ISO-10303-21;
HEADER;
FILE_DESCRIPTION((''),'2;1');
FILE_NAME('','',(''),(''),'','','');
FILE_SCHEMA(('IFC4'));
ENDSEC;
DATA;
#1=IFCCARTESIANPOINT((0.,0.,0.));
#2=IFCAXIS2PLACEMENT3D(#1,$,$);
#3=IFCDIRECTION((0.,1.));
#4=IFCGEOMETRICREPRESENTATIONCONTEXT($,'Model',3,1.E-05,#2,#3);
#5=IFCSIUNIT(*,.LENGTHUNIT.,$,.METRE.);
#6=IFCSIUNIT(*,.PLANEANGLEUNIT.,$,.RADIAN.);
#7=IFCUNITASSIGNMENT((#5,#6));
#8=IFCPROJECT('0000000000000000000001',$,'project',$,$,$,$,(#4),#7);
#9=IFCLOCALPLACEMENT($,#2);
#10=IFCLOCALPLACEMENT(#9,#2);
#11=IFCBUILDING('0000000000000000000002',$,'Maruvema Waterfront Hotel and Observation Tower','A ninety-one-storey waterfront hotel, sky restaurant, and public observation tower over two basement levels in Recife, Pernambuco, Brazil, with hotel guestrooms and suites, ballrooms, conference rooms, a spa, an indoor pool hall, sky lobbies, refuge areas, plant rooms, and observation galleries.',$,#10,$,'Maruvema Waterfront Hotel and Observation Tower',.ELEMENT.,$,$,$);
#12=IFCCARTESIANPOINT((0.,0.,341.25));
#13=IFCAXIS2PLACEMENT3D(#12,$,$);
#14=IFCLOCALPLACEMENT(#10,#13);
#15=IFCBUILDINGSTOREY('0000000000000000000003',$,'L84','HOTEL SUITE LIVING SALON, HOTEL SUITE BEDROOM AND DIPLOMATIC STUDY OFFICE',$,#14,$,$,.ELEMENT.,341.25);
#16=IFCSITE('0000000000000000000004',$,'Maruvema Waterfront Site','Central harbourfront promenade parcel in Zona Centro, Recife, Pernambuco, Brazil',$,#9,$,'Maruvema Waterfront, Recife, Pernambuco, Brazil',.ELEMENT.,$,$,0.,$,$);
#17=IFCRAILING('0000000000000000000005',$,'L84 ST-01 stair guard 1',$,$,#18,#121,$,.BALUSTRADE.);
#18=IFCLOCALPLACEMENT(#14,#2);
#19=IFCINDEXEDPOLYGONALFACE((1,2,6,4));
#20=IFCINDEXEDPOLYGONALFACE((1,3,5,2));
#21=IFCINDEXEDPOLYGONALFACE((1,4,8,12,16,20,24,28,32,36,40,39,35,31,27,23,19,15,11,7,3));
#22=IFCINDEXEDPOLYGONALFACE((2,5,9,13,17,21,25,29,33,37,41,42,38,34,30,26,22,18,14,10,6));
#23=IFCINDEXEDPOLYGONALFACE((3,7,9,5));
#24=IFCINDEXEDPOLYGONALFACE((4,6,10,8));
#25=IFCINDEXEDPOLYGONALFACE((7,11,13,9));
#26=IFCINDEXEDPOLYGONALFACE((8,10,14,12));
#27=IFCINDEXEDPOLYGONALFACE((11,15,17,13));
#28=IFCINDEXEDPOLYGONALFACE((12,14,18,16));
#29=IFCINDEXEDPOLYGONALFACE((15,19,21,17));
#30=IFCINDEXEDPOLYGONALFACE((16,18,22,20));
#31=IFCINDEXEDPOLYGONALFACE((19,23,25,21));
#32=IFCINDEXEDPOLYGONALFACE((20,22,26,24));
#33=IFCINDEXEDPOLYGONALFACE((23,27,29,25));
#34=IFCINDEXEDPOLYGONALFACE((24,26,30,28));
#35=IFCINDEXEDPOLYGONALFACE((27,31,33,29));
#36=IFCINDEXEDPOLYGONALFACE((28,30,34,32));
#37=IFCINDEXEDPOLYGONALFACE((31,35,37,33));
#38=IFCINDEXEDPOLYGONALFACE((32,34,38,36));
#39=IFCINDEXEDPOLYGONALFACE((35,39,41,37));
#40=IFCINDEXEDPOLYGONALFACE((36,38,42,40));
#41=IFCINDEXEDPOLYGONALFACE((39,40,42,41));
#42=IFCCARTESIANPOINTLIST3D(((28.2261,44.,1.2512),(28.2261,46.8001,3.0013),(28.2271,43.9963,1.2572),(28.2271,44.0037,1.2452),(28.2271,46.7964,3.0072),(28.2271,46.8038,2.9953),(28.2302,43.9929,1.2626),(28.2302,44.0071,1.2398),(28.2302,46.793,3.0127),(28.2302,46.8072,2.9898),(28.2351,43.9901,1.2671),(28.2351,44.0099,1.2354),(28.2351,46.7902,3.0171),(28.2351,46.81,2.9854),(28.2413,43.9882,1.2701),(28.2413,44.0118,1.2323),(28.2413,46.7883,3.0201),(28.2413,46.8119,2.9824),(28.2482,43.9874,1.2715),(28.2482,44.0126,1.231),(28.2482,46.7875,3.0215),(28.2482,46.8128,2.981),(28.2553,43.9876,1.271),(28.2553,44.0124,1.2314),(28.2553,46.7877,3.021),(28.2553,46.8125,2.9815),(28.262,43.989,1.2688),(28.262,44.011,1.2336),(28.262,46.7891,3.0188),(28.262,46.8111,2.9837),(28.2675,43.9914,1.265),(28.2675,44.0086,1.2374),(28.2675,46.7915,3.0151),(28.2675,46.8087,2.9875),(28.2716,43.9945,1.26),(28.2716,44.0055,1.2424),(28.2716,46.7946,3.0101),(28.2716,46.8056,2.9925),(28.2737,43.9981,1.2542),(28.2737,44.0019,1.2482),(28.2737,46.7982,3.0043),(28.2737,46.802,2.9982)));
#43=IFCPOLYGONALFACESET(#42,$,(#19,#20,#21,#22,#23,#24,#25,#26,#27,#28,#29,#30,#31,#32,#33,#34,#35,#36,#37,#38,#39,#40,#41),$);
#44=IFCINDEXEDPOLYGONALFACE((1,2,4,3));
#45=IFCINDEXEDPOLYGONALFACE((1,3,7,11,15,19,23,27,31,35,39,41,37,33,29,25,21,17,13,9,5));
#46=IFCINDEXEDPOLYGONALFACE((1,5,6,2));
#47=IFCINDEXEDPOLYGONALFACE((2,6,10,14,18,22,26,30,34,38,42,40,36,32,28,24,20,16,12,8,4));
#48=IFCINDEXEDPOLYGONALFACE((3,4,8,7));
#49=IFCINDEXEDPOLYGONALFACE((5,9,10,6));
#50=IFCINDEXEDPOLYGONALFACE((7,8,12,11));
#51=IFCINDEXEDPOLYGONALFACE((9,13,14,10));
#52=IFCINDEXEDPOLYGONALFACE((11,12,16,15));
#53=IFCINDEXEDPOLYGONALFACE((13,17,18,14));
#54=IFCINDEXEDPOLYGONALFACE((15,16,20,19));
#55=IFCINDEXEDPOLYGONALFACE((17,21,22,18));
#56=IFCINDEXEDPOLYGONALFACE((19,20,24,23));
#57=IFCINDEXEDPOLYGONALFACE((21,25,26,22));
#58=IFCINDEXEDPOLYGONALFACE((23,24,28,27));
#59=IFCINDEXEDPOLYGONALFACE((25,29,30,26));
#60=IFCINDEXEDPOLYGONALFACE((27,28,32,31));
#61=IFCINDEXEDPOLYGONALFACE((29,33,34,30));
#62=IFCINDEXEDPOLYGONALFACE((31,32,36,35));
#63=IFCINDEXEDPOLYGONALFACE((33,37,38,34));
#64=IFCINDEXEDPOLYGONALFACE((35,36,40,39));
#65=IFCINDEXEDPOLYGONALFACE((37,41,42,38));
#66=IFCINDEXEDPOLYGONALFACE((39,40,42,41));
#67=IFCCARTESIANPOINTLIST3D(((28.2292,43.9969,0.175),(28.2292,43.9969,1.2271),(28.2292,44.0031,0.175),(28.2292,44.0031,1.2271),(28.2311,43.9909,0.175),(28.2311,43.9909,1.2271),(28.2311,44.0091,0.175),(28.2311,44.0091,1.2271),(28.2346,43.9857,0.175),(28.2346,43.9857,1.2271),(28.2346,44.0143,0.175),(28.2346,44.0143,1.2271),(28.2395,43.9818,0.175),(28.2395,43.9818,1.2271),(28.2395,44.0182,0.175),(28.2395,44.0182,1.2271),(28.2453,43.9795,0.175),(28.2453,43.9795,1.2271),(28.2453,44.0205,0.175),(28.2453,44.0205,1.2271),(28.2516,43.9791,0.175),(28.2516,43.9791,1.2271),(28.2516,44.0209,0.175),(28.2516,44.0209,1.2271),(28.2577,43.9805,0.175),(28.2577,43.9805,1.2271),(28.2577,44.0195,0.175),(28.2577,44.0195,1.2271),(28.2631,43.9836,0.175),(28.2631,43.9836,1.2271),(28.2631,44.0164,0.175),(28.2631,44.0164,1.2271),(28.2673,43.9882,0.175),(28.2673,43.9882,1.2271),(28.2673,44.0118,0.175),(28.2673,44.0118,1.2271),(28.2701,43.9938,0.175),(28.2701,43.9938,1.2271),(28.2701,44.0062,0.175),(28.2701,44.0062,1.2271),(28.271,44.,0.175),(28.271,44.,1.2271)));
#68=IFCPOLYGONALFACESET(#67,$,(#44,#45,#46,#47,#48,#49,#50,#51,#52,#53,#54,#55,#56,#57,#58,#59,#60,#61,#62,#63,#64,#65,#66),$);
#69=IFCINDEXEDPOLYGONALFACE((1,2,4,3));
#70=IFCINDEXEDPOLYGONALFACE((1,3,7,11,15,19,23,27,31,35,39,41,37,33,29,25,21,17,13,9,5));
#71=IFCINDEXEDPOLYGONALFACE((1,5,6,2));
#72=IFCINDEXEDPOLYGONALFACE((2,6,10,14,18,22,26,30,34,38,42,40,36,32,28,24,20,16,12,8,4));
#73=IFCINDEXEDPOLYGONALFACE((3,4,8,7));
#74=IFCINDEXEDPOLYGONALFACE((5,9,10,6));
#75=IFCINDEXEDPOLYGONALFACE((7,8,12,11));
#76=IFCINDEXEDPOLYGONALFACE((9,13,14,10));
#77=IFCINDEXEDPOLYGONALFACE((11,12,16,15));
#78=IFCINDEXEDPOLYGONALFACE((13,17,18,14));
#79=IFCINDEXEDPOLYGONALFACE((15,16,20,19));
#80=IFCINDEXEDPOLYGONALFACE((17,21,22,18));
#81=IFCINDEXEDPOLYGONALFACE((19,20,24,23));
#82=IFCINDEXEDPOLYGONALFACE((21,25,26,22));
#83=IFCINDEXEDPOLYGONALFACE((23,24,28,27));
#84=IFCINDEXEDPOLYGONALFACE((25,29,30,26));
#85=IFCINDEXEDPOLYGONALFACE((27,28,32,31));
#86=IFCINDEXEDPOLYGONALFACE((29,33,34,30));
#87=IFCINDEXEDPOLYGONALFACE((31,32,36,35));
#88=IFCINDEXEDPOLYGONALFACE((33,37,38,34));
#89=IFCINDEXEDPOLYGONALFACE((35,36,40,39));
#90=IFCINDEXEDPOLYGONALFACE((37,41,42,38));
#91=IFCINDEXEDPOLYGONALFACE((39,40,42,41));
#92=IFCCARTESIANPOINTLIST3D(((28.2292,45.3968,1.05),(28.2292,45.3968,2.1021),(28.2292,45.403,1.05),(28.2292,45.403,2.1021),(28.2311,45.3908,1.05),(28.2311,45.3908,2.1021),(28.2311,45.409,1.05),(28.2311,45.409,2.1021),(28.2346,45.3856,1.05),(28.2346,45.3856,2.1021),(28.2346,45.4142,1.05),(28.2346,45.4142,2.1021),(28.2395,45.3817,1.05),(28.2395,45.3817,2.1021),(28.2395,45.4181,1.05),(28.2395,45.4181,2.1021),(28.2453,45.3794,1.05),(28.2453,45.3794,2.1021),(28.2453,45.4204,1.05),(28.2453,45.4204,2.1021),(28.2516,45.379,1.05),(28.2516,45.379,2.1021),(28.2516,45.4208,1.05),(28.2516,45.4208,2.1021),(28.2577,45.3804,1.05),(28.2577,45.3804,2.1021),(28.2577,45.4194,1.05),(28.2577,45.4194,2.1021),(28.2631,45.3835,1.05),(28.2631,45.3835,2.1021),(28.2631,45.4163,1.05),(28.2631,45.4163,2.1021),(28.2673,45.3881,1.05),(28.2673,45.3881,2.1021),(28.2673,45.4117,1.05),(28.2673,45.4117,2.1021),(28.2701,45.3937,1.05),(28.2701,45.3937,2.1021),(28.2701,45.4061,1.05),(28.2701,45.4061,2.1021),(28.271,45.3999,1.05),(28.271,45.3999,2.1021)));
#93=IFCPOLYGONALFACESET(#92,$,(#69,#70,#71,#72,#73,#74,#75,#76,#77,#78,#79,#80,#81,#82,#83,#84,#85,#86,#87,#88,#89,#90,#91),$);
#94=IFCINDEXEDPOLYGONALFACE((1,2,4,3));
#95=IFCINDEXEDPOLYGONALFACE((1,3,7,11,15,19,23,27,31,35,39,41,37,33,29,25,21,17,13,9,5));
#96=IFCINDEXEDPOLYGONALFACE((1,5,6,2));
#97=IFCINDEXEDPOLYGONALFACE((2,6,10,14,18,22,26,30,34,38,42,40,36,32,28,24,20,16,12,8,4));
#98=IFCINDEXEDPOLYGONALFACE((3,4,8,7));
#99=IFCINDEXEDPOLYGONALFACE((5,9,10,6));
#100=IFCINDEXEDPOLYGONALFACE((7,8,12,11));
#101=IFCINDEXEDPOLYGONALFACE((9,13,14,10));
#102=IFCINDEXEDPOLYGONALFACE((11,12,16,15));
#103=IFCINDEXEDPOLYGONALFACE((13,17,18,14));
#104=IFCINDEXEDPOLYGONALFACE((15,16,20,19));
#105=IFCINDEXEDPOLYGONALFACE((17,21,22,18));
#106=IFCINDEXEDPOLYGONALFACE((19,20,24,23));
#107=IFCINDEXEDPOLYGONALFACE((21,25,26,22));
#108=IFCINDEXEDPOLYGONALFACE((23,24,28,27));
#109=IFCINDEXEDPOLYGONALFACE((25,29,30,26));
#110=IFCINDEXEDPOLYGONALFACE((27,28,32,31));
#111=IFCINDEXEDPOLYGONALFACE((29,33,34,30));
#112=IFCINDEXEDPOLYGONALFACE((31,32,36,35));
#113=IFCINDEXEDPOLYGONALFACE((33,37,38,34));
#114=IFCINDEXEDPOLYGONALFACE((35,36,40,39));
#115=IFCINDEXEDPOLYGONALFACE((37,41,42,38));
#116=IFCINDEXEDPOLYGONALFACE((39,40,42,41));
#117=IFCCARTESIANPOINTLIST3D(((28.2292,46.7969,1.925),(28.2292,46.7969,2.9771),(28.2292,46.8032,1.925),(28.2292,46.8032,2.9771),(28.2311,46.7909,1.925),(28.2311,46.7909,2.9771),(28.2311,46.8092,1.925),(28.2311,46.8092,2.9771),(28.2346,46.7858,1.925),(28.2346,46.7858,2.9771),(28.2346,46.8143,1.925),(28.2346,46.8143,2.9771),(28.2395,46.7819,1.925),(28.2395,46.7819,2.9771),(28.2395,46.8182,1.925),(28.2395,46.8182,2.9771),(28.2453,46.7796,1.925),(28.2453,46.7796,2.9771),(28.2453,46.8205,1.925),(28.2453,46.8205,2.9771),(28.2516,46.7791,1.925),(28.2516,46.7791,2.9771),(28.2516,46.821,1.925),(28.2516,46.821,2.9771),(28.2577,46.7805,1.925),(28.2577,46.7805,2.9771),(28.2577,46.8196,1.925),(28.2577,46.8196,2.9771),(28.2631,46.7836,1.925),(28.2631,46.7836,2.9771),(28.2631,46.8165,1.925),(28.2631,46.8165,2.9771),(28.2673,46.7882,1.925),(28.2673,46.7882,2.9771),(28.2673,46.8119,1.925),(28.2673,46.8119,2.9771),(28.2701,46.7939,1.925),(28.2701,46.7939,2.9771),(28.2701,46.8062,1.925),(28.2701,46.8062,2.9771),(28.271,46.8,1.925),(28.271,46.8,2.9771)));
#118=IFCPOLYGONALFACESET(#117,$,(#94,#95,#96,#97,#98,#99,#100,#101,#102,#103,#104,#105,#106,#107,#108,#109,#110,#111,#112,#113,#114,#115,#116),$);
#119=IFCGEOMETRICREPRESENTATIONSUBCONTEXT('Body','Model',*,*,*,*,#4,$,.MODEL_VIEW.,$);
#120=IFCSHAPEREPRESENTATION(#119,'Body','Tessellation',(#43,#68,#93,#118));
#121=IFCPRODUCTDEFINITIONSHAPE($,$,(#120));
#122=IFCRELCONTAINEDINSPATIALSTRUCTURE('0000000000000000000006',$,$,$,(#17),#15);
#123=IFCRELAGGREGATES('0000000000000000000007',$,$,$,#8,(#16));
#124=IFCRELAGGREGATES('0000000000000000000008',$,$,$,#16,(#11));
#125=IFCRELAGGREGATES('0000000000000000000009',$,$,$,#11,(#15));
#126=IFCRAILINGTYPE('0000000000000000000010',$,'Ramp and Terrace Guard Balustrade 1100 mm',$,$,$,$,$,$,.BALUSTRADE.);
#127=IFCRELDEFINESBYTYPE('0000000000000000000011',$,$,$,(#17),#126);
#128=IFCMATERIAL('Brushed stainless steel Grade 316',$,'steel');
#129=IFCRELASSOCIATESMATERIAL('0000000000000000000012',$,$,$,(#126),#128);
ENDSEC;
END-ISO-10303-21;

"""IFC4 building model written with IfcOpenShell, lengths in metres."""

from ifc_helpers import new_model, si_unit, direction, frame, origin, origin_2d, place, context, subcontext, project, spatial, circle, extrude, material, type_object, element, save


model = new_model("IFC4")

# Units and contexts
model_context = context("Model", 3, precision=1e-05, world=origin(), true_north=direction((0.0, 1.0)))
body_context = subcontext(model_context, "Body", "Model", "MODEL_VIEW")
ifc_project = project(units=[si_unit("LENGTHUNIT", "METRE"), si_unit("PLANEANGLEUNIT", "RADIAN")], contexts=[model_context])

# Site, building, storey
site_placement = place(None, origin())
site = spatial("IfcSite", under=ifc_project, at=site_placement, Name="Maruvema Waterfront Site", Description="Central harbourfront promenade parcel in Zona Centro, Recife, Pernambuco, Brazil", LongName="Maruvema Waterfront, Recife, Pernambuco, Brazil", CompositionType="ELEMENT", RefElevation=0.0)
building_placement = place(site_placement, origin())
building = spatial("IfcBuilding", under=site, at=building_placement, Name="Maruvema Waterfront Hotel and Observation Tower", Description="A ninety-one-storey waterfront hotel, sky restaurant, and public observation tower over two basement levels in Recife, Pernambuco, Brazil, with hotel guestrooms and suites, ballrooms, conference rooms, a spa, an indoor pool hall, sky lobbies, refuge areas, plant rooms, and observation galleries.", LongName="Maruvema Waterfront Hotel and Observation Tower", CompositionType="ELEMENT")
storey_placement = place(building_placement, frame((0.0, 0.0, 341.25)))
storey = spatial("IfcBuildingStorey", under=building, at=storey_placement, Name="L84", Description="HOTEL SUITE LIVING SALON, HOTEL SUITE BEDROOM AND DIPLOMATIC STUDY OFFICE", CompositionType="ELEMENT", Elevation=341.25)

# Railing
ifc_material_1 = material(Name="Brushed stainless steel Grade 316", Category="steel")
railing_type_1 = type_object("IfcRailingType", Name="Ramp and Terrace Guard Balustrade 1100 mm", PredefinedType="BALUSTRADE", material=ifc_material_1)
railing_1_placement = place(storey_placement, frame((28.25, 44.0, 0.175)))
element("IfcRailing", 1, at=railing_1_placement, inside=storey, type_object=railing_type_1, Name="L84 ST-01 stair guard 1", PredefinedType="BALUSTRADE", context=body_context, shape_type="SweptSolid", body=[
    extrude(circle(Radius=0.0239, at=origin_2d()), frame((0.0, 0.0, 1.0762), z_axis=(0.0, 0.848002, 0.529992), x_axis=(-1.0, 0.0, 0.0)), (0.0, 0.0, 1.0), 3.302),
    extrude(circle(Radius=0.021, at=origin_2d()), origin(), (0.0, 0.0, 1.0), 1.052),
    extrude(circle(Radius=0.021, at=origin_2d()), frame((0.0, 1.3999, 0.875)), (0.0, 0.0, 1.0), 1.052),
    extrude(circle(Radius=0.021, at=origin_2d()), frame((0.0, 2.8, 1.75)), (0.0, 0.0, 1.0), 1.052),
])

save(model, "model.ifc")
